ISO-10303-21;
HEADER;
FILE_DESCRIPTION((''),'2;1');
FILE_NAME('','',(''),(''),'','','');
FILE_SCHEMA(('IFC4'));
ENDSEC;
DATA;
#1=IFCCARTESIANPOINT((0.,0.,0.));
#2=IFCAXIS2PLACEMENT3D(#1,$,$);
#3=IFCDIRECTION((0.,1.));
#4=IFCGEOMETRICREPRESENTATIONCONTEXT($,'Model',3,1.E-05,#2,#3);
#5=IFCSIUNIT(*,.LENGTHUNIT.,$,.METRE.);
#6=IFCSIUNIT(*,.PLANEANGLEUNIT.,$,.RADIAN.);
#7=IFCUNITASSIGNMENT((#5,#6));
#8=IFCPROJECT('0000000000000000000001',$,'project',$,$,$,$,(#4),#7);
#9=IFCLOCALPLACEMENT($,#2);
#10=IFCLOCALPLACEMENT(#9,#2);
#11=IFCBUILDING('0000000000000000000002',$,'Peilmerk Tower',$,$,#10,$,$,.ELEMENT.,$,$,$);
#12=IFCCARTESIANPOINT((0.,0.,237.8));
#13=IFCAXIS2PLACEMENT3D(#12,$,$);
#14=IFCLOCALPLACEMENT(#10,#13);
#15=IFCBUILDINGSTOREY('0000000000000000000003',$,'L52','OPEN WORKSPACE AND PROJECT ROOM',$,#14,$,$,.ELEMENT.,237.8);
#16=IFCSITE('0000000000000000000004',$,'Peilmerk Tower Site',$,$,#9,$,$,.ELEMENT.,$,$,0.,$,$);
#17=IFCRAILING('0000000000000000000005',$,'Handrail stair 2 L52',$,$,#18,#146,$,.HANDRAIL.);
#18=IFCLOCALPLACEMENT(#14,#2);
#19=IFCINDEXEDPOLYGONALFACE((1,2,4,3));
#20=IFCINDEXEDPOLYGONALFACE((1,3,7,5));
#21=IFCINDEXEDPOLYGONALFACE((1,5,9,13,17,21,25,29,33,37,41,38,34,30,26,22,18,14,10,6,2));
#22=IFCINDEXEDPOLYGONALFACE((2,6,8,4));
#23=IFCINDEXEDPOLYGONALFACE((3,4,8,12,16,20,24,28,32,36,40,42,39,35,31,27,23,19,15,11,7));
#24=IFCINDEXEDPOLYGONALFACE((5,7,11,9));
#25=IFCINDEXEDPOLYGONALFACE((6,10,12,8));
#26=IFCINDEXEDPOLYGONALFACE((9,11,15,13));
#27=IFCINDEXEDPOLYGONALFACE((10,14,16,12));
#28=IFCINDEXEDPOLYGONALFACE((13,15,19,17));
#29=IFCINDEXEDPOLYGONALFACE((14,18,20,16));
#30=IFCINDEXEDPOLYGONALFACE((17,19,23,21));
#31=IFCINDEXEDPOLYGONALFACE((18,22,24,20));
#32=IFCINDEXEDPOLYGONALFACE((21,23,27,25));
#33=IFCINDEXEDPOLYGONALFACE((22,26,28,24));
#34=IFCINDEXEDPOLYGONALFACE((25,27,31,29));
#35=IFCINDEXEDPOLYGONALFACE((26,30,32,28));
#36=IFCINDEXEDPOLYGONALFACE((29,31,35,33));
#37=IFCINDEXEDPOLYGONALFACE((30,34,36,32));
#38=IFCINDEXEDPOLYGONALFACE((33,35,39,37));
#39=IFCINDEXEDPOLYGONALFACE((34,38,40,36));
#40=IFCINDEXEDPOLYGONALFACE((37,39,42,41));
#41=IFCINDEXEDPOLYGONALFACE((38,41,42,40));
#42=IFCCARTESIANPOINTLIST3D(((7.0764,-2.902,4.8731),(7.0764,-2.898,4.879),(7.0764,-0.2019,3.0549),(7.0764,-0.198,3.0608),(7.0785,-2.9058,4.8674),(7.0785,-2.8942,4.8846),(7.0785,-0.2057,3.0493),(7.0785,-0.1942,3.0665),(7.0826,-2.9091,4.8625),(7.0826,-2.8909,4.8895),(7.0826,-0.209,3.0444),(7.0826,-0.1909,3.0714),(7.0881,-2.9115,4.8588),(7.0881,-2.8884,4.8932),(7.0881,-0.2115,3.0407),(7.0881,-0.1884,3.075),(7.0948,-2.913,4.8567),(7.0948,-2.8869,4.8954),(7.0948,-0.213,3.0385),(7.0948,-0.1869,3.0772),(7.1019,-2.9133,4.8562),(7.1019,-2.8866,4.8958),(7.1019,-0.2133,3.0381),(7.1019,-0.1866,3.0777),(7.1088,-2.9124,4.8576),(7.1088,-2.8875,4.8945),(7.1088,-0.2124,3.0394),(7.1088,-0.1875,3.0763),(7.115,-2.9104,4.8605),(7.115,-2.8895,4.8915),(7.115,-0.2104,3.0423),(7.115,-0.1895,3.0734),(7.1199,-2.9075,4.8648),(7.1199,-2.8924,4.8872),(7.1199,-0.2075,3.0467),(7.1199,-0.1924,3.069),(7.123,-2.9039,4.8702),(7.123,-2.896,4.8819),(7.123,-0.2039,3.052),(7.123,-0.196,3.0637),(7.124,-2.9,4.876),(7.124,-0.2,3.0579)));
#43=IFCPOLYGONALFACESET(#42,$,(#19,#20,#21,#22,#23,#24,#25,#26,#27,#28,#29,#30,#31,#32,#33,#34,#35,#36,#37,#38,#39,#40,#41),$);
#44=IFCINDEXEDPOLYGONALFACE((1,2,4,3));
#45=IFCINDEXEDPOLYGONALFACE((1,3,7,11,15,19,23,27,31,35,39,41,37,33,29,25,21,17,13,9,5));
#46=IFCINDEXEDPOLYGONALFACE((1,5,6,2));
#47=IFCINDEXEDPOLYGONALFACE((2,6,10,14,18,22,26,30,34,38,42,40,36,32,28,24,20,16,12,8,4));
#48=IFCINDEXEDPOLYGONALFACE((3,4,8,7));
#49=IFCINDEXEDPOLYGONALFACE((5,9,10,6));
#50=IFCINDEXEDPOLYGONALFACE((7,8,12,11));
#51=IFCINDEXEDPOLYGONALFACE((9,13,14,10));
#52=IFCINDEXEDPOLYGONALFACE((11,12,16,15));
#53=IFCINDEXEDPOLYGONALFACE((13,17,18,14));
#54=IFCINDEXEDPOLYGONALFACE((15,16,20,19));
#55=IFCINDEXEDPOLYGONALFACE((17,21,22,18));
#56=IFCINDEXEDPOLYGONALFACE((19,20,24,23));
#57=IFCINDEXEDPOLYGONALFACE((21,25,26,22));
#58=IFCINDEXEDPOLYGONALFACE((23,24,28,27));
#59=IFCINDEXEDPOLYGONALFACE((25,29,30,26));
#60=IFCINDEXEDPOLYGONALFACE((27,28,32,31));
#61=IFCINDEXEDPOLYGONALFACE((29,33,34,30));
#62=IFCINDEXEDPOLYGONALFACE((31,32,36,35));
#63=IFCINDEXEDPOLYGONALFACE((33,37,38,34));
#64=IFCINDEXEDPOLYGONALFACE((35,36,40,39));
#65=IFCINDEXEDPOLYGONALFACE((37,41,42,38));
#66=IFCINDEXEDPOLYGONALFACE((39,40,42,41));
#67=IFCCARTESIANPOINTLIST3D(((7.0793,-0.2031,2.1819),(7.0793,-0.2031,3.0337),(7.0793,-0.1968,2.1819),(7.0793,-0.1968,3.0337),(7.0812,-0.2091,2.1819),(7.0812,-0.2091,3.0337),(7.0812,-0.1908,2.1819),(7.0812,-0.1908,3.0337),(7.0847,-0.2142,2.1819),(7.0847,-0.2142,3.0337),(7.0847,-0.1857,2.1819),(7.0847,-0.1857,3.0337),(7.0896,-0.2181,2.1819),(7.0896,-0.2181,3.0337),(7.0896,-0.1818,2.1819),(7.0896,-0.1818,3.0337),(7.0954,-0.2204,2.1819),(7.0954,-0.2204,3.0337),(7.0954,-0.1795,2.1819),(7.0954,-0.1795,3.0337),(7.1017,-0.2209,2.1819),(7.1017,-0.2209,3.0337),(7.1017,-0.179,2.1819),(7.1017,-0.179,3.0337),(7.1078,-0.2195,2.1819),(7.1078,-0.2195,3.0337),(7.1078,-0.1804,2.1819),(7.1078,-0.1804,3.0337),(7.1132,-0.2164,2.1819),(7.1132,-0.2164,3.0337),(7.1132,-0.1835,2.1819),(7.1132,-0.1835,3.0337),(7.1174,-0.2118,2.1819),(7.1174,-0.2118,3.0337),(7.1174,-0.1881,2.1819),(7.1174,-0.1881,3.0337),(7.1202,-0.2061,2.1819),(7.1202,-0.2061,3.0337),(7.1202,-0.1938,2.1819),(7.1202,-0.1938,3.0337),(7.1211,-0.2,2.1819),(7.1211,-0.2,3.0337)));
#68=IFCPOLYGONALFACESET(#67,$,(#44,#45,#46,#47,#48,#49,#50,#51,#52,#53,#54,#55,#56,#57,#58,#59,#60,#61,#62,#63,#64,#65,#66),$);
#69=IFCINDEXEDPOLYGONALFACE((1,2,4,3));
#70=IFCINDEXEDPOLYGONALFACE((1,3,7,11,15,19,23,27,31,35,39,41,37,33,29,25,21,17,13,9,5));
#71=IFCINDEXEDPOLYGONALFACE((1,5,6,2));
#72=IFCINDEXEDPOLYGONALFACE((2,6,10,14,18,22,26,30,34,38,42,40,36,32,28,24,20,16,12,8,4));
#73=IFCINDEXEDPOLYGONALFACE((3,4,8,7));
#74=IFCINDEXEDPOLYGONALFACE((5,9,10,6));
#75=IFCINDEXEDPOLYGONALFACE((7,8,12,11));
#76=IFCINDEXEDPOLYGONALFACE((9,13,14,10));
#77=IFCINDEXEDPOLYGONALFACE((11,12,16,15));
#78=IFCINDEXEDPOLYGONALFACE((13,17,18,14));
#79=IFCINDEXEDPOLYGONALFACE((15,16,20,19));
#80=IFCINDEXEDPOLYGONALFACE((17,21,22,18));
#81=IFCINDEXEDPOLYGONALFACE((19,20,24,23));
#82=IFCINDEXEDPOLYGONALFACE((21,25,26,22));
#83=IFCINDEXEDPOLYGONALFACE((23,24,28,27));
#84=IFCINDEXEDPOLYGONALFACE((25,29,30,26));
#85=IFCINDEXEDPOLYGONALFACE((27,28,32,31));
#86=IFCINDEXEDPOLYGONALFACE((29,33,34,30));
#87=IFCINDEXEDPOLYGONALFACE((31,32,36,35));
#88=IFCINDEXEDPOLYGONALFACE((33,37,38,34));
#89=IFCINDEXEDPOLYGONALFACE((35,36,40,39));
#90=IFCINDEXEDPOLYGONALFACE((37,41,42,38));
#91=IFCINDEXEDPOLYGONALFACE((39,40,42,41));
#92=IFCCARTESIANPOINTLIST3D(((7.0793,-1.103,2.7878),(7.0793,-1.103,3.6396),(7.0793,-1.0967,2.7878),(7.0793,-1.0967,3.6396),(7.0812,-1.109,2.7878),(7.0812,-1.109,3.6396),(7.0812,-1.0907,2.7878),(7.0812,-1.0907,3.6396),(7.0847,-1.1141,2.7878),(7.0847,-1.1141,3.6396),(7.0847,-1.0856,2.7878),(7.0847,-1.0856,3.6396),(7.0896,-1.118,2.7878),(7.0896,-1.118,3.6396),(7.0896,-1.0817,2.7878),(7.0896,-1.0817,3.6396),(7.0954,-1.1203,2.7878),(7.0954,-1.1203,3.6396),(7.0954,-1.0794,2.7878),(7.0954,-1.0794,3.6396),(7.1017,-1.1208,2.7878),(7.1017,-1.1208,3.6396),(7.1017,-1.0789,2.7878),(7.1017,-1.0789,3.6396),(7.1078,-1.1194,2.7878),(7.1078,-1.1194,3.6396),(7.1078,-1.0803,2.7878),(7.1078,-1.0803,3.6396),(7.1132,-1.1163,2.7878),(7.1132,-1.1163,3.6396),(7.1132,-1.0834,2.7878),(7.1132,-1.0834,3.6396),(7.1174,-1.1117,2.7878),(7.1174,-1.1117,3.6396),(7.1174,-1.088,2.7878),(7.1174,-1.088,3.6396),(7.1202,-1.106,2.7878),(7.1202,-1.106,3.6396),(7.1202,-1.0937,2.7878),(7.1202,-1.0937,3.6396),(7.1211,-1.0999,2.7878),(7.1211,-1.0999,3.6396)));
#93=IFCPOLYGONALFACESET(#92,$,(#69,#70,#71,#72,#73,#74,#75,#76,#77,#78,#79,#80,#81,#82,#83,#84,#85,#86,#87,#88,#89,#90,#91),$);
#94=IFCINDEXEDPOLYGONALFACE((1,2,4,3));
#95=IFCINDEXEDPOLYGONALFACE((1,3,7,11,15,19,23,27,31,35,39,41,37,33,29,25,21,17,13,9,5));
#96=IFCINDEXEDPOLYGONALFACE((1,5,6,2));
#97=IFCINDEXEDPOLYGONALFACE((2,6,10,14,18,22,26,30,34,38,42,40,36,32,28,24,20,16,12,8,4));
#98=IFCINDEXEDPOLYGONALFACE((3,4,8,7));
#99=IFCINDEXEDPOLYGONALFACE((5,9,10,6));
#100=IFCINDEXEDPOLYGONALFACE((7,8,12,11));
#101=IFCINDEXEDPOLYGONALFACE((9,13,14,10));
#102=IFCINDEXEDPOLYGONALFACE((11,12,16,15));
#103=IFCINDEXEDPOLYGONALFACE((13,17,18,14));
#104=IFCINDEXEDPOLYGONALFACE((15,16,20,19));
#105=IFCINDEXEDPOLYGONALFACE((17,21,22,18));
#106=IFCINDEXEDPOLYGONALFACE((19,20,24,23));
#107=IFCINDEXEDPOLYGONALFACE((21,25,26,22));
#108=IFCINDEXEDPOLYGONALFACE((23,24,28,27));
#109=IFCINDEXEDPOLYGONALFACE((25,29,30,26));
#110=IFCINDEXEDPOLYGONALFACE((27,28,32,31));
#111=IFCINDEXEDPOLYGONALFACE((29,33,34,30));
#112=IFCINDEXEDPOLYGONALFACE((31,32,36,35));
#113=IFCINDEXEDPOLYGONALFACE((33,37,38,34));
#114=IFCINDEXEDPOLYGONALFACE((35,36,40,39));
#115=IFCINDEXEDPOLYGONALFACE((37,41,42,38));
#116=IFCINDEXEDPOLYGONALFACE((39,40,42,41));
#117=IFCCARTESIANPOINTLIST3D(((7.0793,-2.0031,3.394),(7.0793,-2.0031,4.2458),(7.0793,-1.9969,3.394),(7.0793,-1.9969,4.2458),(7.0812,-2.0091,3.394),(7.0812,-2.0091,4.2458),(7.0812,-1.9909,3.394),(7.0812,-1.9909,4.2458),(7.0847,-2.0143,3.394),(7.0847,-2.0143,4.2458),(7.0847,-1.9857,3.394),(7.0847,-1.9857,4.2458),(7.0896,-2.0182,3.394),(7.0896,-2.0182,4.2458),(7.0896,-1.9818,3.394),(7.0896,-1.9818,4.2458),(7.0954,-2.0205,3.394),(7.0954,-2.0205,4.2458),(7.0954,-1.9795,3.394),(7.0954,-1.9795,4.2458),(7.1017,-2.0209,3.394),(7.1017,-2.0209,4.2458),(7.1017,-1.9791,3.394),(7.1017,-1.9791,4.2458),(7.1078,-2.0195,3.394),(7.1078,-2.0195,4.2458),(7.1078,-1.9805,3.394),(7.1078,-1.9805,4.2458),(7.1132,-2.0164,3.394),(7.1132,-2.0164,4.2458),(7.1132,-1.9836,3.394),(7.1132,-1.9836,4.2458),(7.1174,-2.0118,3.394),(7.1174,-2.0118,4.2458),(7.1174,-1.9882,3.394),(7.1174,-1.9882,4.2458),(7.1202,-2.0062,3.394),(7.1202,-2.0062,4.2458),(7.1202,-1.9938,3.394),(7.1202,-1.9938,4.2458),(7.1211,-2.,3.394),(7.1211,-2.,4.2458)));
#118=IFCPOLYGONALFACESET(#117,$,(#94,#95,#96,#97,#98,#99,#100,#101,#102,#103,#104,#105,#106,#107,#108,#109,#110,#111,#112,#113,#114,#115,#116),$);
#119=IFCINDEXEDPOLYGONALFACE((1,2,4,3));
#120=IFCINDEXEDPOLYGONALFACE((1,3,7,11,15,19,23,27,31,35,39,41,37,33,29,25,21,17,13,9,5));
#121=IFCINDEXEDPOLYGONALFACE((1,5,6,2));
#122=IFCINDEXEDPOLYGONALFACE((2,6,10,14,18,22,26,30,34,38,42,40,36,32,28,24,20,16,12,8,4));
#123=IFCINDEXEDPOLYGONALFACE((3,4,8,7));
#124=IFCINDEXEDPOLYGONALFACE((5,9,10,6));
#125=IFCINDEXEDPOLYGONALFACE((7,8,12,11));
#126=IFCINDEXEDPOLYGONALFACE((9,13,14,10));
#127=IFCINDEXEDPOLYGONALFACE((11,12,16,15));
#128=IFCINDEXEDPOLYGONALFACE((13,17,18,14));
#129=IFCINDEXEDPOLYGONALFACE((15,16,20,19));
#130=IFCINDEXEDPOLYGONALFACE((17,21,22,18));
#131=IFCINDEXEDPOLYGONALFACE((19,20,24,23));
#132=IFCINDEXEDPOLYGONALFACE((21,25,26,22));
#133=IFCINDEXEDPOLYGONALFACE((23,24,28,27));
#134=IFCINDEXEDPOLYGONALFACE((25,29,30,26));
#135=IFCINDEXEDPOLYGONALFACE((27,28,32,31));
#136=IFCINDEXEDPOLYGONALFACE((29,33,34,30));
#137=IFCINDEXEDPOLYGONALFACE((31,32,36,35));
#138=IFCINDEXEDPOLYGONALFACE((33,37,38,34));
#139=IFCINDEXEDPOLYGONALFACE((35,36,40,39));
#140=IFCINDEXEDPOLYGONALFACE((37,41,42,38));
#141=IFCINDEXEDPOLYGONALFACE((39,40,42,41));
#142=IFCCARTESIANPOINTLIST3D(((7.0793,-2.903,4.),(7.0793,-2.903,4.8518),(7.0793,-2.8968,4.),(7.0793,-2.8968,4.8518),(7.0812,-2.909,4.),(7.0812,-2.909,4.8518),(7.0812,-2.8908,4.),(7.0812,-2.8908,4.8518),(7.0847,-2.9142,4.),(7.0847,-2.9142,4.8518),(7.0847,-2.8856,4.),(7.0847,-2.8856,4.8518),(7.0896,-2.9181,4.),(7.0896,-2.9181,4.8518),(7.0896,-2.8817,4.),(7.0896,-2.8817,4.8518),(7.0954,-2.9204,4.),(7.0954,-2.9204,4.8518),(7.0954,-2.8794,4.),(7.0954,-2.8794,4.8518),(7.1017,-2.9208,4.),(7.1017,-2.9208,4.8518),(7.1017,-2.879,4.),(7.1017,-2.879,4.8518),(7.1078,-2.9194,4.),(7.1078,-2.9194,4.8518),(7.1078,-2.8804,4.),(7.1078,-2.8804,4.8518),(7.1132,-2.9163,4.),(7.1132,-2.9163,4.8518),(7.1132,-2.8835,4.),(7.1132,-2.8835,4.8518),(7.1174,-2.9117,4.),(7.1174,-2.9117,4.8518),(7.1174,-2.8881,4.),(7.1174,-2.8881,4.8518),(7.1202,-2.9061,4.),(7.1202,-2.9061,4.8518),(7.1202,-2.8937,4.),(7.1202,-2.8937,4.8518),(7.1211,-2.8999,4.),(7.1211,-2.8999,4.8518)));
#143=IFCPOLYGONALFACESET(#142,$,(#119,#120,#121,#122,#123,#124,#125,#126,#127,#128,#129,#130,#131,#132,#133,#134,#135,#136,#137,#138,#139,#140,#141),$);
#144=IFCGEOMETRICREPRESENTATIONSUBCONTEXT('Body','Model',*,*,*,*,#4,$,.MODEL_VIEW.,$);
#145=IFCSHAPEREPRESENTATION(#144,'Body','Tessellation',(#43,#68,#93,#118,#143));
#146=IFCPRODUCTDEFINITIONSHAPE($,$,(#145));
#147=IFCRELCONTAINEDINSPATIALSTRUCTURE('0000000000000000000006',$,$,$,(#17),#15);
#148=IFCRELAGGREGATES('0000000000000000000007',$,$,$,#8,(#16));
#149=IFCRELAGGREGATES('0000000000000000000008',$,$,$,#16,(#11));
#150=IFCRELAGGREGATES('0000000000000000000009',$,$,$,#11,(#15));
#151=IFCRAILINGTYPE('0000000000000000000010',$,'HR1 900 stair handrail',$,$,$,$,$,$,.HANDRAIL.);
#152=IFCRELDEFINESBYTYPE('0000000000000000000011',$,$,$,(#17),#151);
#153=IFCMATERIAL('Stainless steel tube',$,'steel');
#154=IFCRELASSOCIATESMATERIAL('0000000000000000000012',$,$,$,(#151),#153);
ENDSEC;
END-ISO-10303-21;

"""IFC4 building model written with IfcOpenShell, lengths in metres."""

from ifc_helpers import new_model, si_unit, direction, frame, origin, origin_2d, place, context, subcontext, project, spatial, circle, extrude, material, type_object, element, save


model = new_model("IFC4")

# Units and contexts
model_context = context("Model", 3, precision=1e-05, world=origin(), true_north=direction((0.0, 1.0)))
body_context = subcontext(model_context, "Body", "Model", "MODEL_VIEW")
ifc_project = project(units=[si_unit("LENGTHUNIT", "METRE"), si_unit("PLANEANGLEUNIT", "RADIAN")], contexts=[model_context])

# Site, building, storey
site_placement = place(None, origin())
site = spatial("IfcSite", under=ifc_project, at=site_placement, Name="Peilmerk Tower Site", CompositionType="ELEMENT", RefElevation=0.0)
building_placement = place(site_placement, origin())
building = spatial("IfcBuilding", under=site, at=building_placement, Name="Peilmerk Tower", CompositionType="ELEMENT")
storey_placement = place(building_placement, frame((0.0, 0.0, 237.8)))
storey = spatial("IfcBuildingStorey", under=building, at=storey_placement, Name="L52", Description="OPEN WORKSPACE AND PROJECT ROOM", CompositionType="ELEMENT", Elevation=237.8)

# Railing
ifc_material_1 = material(Name="Stainless steel tube", Category="steel")
railing_type_1 = type_object("IfcRailingType", Name="HR1 900 stair handrail", PredefinedType="HANDRAIL", material=ifc_material_1)
railing_1_placement = place(storey_placement, frame((7.1001, -0.2, 2.1819)))
element("IfcRailing", 1, at=railing_1_placement, inside=storey, type_object=railing_type_1, Name="Handrail stair 2 L52", PredefinedType="HANDRAIL", context=body_context, shape_type="SweptSolid", body=[
    extrude(circle(Radius=0.0239, at=origin_2d()), frame((0.0, 0.0, 0.876), z_axis=(0.0, -0.829468, 0.558554), x_axis=(1.0, 0.0, 0.0)), (0.0, 0.0, 1.0), 3.2551),
    extrude(circle(Radius=0.021, at=origin_2d()), origin(), (0.0, 0.0, 1.0), 0.8518),
    extrude(circle(Radius=0.021, at=origin_2d()), frame((0.0, -0.8999, 0.606)), (0.0, 0.0, 1.0), 0.8518),
    extrude(circle(Radius=0.021, at=origin_2d()), frame((0.0, -1.8, 1.2122)), (0.0, 0.0, 1.0), 0.8518),
    extrude(circle(Radius=0.021, at=origin_2d()), frame((0.0, -2.7, 1.8181)), (0.0, 0.0, 1.0), 0.8518),
])

save(model, "model.ifc")
